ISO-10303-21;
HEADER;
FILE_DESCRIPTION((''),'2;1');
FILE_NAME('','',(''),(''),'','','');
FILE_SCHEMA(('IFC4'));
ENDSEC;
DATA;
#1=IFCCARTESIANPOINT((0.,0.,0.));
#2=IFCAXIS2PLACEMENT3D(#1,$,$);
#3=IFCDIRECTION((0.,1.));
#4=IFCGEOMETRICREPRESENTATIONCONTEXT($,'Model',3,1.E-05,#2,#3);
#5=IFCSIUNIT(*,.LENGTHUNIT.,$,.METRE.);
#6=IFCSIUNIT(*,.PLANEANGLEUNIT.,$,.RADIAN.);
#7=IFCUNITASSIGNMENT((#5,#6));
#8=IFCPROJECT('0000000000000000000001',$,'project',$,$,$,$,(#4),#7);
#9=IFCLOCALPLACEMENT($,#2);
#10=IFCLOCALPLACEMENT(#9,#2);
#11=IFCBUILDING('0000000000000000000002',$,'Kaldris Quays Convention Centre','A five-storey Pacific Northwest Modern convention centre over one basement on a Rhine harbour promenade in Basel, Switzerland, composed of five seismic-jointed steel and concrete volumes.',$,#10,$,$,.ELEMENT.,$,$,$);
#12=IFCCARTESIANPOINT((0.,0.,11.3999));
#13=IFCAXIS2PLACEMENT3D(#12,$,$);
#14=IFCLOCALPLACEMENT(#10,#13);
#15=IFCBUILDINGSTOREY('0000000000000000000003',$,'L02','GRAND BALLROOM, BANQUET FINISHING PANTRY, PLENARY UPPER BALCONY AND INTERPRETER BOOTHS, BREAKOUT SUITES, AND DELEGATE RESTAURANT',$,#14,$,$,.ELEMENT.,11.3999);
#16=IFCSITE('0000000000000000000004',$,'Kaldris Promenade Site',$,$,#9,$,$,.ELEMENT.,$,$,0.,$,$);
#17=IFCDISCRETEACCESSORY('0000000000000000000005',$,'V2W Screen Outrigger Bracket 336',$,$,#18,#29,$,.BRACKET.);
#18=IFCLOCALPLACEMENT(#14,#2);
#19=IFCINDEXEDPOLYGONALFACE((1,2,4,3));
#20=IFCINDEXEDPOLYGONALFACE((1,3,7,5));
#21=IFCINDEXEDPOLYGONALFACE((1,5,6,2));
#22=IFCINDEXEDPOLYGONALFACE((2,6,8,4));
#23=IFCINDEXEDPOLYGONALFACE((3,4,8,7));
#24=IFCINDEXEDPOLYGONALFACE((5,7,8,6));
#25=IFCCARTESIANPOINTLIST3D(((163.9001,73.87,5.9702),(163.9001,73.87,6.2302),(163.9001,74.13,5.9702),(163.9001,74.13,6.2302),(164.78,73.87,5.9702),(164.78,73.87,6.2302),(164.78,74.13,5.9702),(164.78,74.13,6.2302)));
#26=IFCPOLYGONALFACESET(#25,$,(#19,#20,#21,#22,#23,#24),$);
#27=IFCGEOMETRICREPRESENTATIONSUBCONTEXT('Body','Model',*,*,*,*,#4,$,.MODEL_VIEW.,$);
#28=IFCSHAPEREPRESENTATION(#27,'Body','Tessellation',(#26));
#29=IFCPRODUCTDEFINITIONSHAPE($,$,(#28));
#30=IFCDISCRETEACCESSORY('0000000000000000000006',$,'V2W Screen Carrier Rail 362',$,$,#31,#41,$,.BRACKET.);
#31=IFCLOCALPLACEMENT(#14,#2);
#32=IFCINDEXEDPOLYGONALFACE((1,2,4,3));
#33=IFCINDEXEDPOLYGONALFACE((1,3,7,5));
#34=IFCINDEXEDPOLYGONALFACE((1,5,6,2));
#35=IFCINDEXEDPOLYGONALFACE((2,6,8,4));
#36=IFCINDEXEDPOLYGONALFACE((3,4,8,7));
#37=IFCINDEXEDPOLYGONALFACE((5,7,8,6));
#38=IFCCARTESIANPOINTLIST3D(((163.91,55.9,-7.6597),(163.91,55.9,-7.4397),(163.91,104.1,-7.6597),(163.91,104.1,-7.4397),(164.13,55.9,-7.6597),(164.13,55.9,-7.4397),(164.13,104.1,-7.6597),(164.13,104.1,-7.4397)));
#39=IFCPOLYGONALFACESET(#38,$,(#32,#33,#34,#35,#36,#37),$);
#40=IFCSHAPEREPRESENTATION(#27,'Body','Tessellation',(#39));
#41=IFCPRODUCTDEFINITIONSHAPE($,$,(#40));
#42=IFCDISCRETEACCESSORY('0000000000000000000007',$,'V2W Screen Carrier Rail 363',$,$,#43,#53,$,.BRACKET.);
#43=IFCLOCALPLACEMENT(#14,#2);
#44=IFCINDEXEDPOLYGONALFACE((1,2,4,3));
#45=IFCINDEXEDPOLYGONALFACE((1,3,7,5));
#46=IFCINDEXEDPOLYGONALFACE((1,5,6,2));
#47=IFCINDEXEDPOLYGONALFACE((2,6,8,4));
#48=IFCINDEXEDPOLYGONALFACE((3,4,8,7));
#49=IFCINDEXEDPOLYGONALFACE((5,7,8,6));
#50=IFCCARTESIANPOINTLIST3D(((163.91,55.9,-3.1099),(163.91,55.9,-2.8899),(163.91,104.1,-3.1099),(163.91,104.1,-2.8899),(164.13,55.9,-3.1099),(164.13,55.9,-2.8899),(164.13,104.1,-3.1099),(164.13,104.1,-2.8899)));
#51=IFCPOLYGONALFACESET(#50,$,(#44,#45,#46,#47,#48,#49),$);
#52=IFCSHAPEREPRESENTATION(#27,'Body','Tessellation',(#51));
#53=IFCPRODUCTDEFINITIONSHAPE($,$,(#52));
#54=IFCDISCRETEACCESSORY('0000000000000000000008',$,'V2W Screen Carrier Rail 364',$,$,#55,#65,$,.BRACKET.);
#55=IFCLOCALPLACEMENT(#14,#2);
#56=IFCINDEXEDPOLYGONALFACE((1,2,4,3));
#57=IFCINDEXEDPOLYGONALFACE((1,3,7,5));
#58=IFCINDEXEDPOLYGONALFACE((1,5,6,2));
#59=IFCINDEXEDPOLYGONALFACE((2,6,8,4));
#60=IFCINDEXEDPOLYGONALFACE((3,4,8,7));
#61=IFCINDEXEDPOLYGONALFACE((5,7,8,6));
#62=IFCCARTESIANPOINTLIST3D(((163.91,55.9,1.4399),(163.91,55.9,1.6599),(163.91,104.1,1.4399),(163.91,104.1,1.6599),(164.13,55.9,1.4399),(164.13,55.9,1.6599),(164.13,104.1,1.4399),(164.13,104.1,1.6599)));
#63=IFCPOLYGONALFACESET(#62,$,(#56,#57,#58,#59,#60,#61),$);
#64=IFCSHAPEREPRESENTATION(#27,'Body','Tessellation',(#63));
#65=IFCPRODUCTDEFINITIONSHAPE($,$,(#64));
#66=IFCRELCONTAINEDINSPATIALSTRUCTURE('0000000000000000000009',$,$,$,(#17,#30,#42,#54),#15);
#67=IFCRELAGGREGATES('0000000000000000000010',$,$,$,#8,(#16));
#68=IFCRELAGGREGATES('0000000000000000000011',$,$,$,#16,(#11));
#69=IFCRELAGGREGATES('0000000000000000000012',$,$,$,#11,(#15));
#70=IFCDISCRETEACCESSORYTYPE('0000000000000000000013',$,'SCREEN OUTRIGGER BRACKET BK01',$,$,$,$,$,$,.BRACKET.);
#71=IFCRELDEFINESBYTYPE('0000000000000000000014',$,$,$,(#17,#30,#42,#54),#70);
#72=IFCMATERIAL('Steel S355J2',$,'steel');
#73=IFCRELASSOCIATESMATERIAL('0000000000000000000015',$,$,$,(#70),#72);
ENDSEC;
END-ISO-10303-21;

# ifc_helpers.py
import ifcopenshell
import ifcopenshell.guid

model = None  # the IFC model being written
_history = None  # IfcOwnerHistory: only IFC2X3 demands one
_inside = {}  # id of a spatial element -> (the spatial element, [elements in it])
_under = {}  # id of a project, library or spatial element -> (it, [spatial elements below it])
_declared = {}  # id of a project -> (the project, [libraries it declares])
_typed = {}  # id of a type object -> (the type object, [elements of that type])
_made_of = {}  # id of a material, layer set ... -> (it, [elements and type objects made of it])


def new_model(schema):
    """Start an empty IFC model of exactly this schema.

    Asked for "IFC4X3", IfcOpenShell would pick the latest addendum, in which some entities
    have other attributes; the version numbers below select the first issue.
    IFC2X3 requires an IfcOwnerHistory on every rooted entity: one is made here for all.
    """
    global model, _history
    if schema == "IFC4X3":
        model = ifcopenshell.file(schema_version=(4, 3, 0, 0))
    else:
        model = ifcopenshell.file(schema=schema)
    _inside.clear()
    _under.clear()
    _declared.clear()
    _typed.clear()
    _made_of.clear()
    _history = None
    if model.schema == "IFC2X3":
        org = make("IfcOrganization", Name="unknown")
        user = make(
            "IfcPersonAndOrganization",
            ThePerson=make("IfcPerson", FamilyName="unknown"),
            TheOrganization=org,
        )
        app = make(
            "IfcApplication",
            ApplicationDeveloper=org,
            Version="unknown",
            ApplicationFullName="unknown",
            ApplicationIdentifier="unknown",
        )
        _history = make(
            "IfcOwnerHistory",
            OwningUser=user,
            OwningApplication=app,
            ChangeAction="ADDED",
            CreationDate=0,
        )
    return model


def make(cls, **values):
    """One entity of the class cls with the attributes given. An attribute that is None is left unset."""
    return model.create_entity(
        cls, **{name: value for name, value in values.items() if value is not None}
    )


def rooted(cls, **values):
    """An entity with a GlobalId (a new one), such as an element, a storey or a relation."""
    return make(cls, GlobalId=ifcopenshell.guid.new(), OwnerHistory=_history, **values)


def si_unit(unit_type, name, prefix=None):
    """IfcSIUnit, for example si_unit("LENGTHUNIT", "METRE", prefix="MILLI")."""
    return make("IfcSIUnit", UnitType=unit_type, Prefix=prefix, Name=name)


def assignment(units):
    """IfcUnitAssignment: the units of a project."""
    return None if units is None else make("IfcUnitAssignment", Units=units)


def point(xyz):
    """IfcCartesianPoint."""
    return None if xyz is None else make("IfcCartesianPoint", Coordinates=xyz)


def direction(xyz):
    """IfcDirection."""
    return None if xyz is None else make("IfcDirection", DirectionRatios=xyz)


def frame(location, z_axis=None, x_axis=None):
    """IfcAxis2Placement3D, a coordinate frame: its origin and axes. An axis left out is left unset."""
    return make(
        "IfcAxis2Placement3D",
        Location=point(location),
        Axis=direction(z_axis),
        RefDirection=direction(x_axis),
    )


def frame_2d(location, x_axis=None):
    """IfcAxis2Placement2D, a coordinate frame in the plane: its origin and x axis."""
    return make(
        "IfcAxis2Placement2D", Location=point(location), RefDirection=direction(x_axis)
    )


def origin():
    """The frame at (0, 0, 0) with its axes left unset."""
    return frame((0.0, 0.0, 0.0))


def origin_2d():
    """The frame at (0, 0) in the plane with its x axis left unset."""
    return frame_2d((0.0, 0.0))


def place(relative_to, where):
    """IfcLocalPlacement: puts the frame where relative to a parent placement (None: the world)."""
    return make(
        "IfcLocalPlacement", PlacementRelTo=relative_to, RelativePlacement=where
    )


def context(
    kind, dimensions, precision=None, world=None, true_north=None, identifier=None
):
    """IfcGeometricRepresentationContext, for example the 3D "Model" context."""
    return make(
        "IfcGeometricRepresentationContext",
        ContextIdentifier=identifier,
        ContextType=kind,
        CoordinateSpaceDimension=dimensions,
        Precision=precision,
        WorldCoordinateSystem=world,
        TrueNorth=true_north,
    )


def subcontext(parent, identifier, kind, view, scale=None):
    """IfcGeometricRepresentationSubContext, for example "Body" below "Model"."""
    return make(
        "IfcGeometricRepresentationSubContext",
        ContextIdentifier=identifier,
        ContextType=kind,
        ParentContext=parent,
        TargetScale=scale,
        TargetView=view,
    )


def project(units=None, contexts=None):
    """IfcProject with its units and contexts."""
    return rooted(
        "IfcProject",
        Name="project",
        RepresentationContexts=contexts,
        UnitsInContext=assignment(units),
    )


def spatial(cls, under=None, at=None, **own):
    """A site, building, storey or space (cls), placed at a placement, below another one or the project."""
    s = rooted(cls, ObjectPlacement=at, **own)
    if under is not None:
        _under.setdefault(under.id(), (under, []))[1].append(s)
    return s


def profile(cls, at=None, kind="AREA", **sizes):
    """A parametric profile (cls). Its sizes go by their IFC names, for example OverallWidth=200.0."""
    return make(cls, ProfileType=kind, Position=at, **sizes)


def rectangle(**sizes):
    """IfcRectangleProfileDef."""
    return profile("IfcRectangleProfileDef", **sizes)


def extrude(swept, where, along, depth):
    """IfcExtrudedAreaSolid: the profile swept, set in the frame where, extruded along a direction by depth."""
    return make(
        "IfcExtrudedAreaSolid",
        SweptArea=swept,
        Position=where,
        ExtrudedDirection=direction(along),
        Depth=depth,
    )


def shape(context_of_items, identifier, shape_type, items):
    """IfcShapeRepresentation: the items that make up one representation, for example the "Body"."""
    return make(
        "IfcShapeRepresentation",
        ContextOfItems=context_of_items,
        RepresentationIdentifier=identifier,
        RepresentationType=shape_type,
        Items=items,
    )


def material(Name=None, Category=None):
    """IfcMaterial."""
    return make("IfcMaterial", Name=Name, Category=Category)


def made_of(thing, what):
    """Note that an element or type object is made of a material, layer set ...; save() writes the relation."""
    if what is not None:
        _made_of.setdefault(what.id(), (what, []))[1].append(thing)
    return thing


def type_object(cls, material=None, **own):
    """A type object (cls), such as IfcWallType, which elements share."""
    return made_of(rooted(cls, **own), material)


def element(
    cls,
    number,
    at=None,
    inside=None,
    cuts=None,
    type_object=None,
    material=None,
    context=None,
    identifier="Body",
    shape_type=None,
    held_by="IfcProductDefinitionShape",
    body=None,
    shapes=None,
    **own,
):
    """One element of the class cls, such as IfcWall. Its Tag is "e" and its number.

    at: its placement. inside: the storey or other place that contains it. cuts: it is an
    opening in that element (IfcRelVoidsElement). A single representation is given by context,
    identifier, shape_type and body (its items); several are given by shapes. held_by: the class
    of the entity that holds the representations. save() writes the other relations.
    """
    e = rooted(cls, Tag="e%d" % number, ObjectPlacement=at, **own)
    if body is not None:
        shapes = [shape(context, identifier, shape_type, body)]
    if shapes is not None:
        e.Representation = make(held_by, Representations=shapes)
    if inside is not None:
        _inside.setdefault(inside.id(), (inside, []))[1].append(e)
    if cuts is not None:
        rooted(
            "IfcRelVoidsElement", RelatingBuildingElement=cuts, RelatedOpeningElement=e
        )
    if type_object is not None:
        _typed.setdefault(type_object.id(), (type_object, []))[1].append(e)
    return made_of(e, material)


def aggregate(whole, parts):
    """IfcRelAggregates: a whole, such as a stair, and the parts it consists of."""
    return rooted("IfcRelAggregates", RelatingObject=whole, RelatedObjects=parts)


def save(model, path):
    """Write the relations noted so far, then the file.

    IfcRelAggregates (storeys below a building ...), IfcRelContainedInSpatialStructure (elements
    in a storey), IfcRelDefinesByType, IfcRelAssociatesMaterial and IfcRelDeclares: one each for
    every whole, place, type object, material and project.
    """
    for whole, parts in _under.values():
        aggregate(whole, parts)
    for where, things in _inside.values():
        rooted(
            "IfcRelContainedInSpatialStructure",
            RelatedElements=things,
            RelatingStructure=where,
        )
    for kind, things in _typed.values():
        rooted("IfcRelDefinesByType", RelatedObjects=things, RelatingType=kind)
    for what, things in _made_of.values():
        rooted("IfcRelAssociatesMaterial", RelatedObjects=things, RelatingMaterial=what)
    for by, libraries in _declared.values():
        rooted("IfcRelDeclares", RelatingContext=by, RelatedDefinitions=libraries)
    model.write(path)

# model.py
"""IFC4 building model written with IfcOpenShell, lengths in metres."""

from ifc_helpers import new_model, si_unit, direction, frame, origin, origin_2d, place, context, subcontext, project, spatial, rectangle, extrude, material, type_object, element, save


model = new_model("IFC4")

# Units and contexts
model_context = context("Model", 3, precision=1e-05, world=origin(), true_north=direction((0.0, 1.0)))
body_context = subcontext(model_context, "Body", "Model", "MODEL_VIEW")
ifc_project = project(units=[si_unit("LENGTHUNIT", "METRE"), si_unit("PLANEANGLEUNIT", "RADIAN")], contexts=[model_context])

# Site, building, storey
site_placement = place(None, origin())
site = spatial("IfcSite", under=ifc_project, at=site_placement, Name="Kaldris Promenade Site", CompositionType="ELEMENT", RefElevation=0.0)
building_placement = place(site_placement, origin())
building = spatial("IfcBuilding", under=site, at=building_placement, Name="Kaldris Quays Convention Centre", Description="A five-storey Pacific Northwest Modern convention centre over one basement on a Rhine harbour promenade in Basel, Switzerland, composed of five seismic-jointed steel and concrete volumes.", CompositionType="ELEMENT")
storey_placement = place(building_placement, frame((0.0, 0.0, 11.3999)))
storey = spatial("IfcBuildingStorey", under=building, at=storey_placement, Name="L02", Description="GRAND BALLROOM, BANQUET FINISHING PANTRY, PLENARY UPPER BALCONY AND INTERPRETER BOOTHS, BREAKOUT SUITES, AND DELEGATE RESTAURANT", CompositionType="ELEMENT", Elevation=11.3999)

# Shared definitions
ifc_material_1 = material(Name="Steel S355J2", Category="steel")

# Discrete accessories
discrete_accessory_type = type_object("IfcDiscreteAccessoryType", Name="SCREEN OUTRIGGER BRACKET BK01", PredefinedType="BRACKET", material=ifc_material_1)
for number, where, z_axis, x_axis, name in (
    (1, (164.3401, 74.0, 5.9702), (0.0, 0.0, 1.0), (0.0, 1.0, 0.0), "V2W Screen Outrigger Bracket 336"),
):
    element("IfcDiscreteAccessory", number, at=place(storey_placement, frame(where, z_axis=z_axis, x_axis=x_axis)), inside=storey, type_object=discrete_accessory_type, Name=name, PredefinedType="BRACKET", context=body_context, shape_type="SweptSolid", body=[
        extrude(rectangle(XDim=0.26, YDim=0.8799, at=origin_2d()), origin(), (0.0, 0.0, 1.0), 0.26),
    ])
for number, where, z_axis, x_axis, name in (
    (2, (164.02, 80.0, -7.6597), (0.0, 0.0, 1.0), (0.0, 1.0, 0.0), "V2W Screen Carrier Rail 362"),
    (3, (164.02, 80.0, -3.1099), (0.0, 0.0, 1.0), (0.0, 1.0, 0.0), "V2W Screen Carrier Rail 363"),
    (4, (164.02, 80.0, 1.4399), (0.0, 0.0, 1.0), (0.0, 1.0, 0.0), "V2W Screen Carrier Rail 364"),
):
    element("IfcDiscreteAccessory", number, at=place(storey_placement, frame(where, z_axis=z_axis, x_axis=x_axis)), inside=storey, type_object=discrete_accessory_type, Name=name, PredefinedType="BRACKET", context=body_context, shape_type="SweptSolid", body=[
        extrude(rectangle(XDim=48.2, YDim=0.22, at=origin_2d()), origin(), (0.0, 0.0, 1.0), 0.22),
    ])

save(model, "model.ifc")
